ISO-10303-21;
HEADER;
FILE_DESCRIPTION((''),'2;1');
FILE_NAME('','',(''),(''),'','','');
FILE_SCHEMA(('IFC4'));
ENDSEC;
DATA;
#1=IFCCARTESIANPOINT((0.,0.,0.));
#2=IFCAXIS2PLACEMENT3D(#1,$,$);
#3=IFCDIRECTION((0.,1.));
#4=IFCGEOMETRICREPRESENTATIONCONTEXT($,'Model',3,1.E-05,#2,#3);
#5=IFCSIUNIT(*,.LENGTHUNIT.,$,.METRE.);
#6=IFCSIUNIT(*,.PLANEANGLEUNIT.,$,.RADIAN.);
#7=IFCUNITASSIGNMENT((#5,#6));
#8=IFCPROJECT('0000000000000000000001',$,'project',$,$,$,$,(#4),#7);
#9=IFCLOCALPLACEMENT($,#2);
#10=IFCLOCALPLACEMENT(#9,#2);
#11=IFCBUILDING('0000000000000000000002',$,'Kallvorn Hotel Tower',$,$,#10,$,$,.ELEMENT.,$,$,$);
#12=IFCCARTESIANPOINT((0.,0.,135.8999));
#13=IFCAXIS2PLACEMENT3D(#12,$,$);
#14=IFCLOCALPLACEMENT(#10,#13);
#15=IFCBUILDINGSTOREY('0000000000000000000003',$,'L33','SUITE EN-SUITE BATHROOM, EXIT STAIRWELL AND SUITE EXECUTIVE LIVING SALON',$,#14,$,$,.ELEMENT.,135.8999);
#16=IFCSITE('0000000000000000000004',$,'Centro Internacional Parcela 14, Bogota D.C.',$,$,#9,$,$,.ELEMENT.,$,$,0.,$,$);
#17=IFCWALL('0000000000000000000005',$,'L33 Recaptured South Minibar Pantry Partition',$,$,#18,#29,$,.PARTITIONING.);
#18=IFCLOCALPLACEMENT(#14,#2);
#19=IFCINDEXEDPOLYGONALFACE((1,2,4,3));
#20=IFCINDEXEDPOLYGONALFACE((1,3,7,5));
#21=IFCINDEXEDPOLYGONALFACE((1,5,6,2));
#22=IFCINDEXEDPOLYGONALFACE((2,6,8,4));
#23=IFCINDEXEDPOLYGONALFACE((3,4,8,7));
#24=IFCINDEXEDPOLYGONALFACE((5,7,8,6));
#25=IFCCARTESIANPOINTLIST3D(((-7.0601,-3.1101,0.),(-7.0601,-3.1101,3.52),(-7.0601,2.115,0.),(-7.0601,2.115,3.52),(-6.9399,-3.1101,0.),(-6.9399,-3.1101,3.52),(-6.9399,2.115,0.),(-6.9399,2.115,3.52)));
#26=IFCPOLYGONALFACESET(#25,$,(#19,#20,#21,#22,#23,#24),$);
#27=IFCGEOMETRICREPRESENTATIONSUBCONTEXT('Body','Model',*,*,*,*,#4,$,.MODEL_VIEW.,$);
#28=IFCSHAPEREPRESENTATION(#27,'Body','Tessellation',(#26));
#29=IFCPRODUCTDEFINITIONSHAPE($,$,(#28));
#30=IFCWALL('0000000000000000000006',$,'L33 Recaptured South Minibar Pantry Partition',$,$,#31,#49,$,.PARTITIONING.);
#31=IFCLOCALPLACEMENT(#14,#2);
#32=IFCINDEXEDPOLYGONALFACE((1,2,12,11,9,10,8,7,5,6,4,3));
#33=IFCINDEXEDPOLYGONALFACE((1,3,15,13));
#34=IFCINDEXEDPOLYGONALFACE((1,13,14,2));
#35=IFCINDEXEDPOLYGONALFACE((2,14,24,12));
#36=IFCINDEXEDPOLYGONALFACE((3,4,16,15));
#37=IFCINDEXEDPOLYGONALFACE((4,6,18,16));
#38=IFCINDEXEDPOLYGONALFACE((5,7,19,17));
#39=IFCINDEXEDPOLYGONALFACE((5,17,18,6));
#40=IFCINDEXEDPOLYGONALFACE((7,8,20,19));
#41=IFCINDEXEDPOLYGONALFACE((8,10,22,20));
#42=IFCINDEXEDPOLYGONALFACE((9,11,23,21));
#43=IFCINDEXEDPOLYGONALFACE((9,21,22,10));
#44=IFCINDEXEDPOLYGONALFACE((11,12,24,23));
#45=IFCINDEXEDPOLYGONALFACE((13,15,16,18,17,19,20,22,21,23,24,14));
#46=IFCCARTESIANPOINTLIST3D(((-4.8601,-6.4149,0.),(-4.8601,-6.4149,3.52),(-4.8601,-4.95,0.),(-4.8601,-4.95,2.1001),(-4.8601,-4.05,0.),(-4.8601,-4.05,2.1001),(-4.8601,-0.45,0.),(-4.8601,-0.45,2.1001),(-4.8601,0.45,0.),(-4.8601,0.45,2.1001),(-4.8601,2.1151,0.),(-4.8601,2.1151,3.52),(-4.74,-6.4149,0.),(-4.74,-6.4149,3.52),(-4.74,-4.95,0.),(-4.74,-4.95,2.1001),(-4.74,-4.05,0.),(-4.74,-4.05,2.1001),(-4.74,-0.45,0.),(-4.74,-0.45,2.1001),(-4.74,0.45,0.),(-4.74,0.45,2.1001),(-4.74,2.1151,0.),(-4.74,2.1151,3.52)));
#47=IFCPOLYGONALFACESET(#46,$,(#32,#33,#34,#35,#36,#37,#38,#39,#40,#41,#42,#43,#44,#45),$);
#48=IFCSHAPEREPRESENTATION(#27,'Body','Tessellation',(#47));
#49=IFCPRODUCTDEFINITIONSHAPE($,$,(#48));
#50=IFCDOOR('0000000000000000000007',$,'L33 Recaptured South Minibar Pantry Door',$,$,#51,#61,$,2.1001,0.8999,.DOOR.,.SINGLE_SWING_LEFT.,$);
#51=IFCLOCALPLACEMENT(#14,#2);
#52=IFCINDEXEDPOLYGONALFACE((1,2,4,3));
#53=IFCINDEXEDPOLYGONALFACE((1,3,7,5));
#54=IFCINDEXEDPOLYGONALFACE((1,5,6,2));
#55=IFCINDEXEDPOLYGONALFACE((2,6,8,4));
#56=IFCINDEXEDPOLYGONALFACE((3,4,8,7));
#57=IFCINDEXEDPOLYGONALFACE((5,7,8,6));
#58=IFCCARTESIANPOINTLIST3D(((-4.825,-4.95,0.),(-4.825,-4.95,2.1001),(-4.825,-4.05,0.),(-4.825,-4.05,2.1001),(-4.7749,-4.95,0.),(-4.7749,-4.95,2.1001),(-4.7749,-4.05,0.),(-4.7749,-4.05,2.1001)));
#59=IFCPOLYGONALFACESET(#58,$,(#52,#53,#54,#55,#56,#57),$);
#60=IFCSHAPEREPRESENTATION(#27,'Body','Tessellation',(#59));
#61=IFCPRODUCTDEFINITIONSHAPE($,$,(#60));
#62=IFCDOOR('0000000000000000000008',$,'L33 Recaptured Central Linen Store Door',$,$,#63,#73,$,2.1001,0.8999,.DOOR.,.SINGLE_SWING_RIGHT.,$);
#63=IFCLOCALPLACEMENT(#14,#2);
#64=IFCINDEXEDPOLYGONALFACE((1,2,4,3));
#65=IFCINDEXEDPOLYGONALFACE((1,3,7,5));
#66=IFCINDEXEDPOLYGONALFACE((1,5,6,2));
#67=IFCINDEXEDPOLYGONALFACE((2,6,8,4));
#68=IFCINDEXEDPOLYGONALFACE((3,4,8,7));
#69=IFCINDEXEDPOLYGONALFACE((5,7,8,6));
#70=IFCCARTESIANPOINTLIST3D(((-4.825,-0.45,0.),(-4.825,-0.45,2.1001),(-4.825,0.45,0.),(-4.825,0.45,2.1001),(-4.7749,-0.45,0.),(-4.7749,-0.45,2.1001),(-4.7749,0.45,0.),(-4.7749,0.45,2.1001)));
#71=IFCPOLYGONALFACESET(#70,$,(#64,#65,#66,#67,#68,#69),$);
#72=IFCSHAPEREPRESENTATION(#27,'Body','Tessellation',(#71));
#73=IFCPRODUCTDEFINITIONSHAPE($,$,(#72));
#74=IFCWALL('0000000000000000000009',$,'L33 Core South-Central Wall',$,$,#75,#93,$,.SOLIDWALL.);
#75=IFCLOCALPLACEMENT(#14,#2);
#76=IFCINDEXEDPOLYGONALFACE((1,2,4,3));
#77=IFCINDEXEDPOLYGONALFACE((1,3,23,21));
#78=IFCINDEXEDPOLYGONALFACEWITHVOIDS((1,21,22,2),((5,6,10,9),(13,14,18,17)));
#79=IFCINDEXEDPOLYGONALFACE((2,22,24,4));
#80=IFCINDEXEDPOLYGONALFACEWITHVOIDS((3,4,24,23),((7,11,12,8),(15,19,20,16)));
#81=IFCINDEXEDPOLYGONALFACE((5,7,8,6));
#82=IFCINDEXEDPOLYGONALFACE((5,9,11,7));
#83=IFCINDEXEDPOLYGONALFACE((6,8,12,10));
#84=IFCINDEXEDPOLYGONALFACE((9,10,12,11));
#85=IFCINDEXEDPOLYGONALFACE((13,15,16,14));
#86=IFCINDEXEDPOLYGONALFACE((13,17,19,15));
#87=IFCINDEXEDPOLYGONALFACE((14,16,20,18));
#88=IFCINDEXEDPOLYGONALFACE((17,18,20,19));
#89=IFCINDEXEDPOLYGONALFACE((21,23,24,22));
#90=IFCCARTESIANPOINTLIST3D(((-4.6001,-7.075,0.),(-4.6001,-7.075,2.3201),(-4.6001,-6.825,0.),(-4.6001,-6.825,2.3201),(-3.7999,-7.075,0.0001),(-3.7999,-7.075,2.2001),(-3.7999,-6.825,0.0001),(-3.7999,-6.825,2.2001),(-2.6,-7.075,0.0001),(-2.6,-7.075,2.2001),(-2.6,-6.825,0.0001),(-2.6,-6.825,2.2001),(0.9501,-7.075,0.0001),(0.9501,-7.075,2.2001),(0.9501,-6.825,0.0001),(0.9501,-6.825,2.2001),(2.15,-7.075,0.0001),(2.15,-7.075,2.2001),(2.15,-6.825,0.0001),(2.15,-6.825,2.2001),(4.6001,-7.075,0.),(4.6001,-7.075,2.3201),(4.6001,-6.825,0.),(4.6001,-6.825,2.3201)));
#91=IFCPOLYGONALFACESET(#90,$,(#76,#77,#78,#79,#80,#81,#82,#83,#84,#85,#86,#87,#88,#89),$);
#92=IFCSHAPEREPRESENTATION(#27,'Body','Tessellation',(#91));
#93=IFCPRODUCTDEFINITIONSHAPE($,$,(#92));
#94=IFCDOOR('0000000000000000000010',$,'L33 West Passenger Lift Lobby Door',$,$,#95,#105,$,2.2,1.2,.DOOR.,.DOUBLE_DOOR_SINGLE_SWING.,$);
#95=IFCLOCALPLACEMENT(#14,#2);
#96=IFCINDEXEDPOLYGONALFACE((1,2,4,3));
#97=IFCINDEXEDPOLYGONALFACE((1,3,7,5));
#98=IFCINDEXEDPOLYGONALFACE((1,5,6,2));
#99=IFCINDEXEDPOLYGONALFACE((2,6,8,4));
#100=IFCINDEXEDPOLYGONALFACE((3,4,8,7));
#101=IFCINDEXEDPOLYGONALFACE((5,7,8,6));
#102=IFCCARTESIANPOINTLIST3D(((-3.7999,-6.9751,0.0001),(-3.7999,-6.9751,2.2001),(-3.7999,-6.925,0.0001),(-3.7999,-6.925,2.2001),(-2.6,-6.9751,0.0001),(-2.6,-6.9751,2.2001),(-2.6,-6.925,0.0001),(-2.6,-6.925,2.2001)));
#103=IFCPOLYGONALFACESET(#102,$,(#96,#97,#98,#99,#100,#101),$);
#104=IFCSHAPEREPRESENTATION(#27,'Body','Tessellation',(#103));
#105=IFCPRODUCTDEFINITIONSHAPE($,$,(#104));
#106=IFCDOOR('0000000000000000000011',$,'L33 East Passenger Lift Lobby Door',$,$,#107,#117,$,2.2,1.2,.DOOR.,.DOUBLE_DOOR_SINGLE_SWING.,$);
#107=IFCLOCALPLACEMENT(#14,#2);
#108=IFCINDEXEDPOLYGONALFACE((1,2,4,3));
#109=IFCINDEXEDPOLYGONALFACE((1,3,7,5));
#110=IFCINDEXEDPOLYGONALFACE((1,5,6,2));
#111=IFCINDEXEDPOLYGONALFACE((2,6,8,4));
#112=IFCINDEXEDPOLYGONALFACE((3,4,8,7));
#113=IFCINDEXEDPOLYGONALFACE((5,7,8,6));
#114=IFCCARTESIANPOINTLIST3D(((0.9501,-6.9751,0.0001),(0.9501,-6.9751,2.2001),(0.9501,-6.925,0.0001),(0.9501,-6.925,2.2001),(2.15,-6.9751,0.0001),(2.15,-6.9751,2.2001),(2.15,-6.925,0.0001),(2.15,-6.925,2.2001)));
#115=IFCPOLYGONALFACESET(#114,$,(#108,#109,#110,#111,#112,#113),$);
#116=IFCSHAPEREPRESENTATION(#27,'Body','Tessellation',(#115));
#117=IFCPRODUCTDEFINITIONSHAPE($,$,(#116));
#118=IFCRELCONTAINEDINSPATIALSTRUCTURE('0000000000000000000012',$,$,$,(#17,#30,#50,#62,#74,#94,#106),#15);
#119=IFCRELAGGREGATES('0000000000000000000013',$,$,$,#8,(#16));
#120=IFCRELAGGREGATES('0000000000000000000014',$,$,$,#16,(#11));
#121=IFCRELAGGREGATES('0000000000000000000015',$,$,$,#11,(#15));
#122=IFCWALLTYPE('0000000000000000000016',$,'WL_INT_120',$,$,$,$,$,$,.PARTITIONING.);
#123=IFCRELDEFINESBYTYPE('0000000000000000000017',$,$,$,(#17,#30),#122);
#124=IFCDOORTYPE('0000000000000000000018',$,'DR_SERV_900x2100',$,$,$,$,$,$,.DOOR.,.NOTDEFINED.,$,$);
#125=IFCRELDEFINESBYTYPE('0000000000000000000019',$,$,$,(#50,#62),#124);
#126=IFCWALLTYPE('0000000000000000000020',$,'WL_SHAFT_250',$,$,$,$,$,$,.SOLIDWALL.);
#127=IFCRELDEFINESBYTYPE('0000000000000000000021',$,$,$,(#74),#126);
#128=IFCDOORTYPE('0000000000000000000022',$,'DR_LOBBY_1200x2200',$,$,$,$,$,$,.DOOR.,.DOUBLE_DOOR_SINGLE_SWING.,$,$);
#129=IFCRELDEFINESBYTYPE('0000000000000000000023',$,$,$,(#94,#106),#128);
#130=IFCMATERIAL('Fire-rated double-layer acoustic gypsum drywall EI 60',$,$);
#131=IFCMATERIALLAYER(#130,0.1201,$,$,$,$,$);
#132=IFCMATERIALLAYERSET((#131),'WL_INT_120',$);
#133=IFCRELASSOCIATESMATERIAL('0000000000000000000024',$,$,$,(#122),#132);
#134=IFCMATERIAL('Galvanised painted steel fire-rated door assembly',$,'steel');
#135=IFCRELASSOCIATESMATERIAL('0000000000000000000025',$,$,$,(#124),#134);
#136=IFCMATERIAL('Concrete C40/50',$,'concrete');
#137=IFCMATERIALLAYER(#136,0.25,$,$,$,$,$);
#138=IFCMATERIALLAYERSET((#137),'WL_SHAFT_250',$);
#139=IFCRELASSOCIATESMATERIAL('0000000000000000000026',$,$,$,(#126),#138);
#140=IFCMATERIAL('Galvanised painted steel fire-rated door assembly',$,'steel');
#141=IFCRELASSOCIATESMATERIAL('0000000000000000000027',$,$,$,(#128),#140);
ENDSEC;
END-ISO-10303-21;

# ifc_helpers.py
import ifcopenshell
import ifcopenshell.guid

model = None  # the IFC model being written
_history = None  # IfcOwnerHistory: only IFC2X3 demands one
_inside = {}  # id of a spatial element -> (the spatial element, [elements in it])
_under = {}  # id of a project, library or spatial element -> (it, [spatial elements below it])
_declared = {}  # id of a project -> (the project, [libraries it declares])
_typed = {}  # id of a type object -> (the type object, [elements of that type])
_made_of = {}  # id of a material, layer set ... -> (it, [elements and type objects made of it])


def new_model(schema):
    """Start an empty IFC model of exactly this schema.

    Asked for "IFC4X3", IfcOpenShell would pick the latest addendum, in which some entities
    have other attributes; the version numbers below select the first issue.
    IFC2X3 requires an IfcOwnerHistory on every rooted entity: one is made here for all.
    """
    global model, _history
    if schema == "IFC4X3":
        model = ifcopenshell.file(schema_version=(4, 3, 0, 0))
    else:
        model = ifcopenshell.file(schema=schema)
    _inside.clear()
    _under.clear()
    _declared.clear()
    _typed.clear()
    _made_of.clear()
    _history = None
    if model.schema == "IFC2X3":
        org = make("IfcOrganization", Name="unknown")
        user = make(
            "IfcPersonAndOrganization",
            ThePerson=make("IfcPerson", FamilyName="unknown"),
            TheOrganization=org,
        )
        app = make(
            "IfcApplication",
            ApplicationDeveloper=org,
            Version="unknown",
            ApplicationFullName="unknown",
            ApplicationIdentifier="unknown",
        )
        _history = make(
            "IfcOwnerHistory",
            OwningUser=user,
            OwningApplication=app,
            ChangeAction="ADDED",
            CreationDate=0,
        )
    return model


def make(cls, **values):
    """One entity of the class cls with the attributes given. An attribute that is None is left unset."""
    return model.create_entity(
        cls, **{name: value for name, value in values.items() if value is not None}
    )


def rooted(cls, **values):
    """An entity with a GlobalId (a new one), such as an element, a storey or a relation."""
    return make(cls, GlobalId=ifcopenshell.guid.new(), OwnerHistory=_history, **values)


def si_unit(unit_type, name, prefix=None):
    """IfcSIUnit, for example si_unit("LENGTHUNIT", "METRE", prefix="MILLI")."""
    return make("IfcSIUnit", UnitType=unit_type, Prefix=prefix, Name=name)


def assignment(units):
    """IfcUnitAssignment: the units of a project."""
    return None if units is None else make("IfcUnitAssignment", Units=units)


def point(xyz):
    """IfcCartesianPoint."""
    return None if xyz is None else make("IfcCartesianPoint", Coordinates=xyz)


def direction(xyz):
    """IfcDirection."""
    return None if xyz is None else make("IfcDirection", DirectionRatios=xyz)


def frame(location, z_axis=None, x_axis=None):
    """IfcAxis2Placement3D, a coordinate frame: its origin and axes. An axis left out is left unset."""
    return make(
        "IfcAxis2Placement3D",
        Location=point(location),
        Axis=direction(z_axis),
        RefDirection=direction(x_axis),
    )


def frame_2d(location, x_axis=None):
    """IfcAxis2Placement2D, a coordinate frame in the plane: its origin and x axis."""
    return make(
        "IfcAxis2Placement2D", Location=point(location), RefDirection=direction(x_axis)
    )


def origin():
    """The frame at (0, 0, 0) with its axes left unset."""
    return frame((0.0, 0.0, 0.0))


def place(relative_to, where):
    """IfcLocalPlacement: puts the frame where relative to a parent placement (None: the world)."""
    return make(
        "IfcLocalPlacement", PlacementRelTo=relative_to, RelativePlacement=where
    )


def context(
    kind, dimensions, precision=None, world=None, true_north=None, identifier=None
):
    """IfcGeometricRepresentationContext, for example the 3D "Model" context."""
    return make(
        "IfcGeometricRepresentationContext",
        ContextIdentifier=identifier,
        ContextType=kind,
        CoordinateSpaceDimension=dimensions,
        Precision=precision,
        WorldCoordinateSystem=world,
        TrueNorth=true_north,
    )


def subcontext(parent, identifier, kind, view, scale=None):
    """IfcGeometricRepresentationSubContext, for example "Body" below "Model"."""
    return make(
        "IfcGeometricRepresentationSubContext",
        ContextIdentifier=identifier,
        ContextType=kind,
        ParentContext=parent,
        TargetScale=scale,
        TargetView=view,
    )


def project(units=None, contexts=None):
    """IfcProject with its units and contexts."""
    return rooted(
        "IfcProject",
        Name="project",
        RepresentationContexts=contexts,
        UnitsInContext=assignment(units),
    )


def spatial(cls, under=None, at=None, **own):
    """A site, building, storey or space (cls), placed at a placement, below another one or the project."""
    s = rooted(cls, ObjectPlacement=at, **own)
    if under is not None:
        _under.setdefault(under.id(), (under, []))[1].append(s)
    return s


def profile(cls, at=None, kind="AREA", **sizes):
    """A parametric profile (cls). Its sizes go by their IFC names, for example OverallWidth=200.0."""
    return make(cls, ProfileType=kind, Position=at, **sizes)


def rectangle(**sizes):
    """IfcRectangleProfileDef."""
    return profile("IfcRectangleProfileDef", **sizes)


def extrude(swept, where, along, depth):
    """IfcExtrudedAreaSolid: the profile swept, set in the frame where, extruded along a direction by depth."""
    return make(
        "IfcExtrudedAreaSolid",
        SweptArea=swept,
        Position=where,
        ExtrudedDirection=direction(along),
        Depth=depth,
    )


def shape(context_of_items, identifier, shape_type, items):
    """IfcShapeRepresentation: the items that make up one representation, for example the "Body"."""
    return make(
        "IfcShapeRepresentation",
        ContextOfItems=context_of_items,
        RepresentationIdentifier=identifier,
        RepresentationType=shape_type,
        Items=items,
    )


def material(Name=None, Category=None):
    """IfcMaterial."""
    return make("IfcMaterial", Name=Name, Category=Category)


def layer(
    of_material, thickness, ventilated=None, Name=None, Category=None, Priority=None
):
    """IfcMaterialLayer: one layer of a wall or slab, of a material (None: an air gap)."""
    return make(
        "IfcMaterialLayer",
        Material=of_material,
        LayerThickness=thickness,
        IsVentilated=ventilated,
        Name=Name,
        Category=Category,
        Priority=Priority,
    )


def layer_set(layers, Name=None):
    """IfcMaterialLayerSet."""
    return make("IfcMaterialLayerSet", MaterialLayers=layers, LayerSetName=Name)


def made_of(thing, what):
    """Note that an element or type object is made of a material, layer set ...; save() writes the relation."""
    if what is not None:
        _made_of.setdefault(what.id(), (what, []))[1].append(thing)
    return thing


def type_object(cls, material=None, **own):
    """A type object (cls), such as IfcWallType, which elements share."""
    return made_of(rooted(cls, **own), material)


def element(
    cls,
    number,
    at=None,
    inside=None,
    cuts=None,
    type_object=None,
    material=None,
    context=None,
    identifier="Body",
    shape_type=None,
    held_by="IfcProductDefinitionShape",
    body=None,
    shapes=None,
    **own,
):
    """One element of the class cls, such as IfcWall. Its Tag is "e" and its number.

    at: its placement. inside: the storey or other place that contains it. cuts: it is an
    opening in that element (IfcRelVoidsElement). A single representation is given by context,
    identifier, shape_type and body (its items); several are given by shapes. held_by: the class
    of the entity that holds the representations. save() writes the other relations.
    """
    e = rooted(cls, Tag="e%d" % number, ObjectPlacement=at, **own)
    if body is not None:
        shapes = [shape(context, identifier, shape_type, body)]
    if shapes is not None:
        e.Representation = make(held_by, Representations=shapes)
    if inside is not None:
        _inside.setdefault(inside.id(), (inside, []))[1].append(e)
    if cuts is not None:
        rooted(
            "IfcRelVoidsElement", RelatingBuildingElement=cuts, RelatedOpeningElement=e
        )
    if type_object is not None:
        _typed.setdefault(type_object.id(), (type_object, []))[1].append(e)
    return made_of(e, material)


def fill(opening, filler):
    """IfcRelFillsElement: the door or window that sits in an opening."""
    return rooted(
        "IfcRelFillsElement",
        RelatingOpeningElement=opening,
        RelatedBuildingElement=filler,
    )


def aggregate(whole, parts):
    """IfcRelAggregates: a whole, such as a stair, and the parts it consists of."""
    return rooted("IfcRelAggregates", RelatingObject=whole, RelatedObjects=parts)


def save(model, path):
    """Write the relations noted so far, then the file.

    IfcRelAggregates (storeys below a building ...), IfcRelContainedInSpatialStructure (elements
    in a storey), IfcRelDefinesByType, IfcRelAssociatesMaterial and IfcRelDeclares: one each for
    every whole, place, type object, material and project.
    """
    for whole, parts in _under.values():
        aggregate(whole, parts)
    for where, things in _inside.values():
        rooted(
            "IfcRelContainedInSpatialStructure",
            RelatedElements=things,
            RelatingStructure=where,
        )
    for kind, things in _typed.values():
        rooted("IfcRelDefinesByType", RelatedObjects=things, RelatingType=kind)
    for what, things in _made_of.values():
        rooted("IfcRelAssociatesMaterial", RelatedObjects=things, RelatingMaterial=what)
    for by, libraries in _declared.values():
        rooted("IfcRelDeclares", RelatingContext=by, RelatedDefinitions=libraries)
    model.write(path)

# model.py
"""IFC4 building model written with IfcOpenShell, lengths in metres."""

from ifc_helpers import new_model, si_unit, direction, frame, frame_2d, origin, place, context, subcontext, project, spatial, rectangle, extrude, material, layer, layer_set, type_object, element, fill, save


model = new_model("IFC4")

# Units and contexts
model_context = context("Model", 3, precision=1e-05, world=origin(), true_north=direction((0.0, 1.0)))
body_context = subcontext(model_context, "Body", "Model", "MODEL_VIEW")
ifc_project = project(units=[si_unit("LENGTHUNIT", "METRE"), si_unit("PLANEANGLEUNIT", "RADIAN")], contexts=[model_context])

# Site, building, storey
site_placement = place(None, origin())
site = spatial("IfcSite", under=ifc_project, at=site_placement, Name="Centro Internacional Parcela 14, Bogota D.C.", CompositionType="ELEMENT", RefElevation=0.0)
building_placement = place(site_placement, origin())
building = spatial("IfcBuilding", under=site, at=building_placement, Name="Kallvorn Hotel Tower", CompositionType="ELEMENT")
storey_placement = place(building_placement, frame((0.0, 0.0, 135.8999)))
storey = spatial("IfcBuildingStorey", under=building, at=storey_placement, Name="L33", Description="SUITE EN-SUITE BATHROOM, EXIT STAIRWELL AND SUITE EXECUTIVE LIVING SALON", CompositionType="ELEMENT", Elevation=135.8999)

# Wall
ifc_material_1 = material(Name="Fire-rated double-layer acoustic gypsum drywall EI 60")
ifc_layer_1 = layer(ifc_material_1, 0.1201)
ifc_layer_set_1 = layer_set([ifc_layer_1], Name="WL_INT_120")
wall_type_1 = type_object("IfcWallType", Name="WL_INT_120", PredefinedType="PARTITIONING", material=ifc_layer_set_1)
wall_1_placement = place(storey_placement, frame((-7.0, -3.1101, 0.0), z_axis=(0.0, 0.0, 1.0), x_axis=(0.0, 1.0, 0.0)))
element("IfcWall", 1, at=wall_1_placement, inside=storey, type_object=wall_type_1, Name="L33 Recaptured South Minibar Pantry Partition", PredefinedType="PARTITIONING", context=body_context, shape_type="SweptSolid", body=[
    extrude(rectangle(XDim=5.2251, YDim=0.1201, at=frame_2d((2.6125, 0.0))), origin(), (0.0, 0.0, 1.0), 3.52),
])

# Walls, openings, doors
wall_2_placement = place(storey_placement, frame((-4.8, -6.415, 0.0), z_axis=(0.0, 0.0, 1.0), x_axis=(0.0, 1.0, 0.0)))
wall_2 = element("IfcWall", 2, at=wall_2_placement, inside=storey, type_object=wall_type_1, Name="L33 Recaptured South Minibar Pantry Partition", PredefinedType="PARTITIONING", context=body_context, shape_type="SweptSolid", body=[
    extrude(rectangle(XDim=8.53, YDim=0.1201, at=frame_2d((4.2651, 0.0))), origin(), (0.0, 0.0, 1.0), 3.52),
])
opening_1_placement = place(wall_2_placement, frame((1.4651, 0.0, 0.0)))
opening_1 = element("IfcOpeningElement", 3, at=opening_1_placement, cuts=wall_2, PredefinedType="OPENING", context=body_context, shape_type="SweptSolid", body=[
    extrude(rectangle(XDim=0.8999, YDim=2.1001, at=frame_2d((0.45, 1.05))), frame((0.0, 0.075, 0.0), z_axis=(0.0, -1.0, 0.0), x_axis=(1.0, 0.0, 0.0)), (0.0, 0.0, 1.0), 0.1501),
])
opening_2_placement = place(wall_2_placement, frame((5.9651, 0.0, 0.0)))
opening_2 = element("IfcOpeningElement", 4, at=opening_2_placement, cuts=wall_2, PredefinedType="OPENING", context=body_context, shape_type="SweptSolid", body=[
    extrude(rectangle(XDim=0.8999, YDim=2.1001, at=frame_2d((0.45, 1.05))), frame((0.0, 0.075, 0.0), z_axis=(0.0, -1.0, 0.0), x_axis=(1.0, 0.0, 0.0)), (0.0, 0.0, 1.0), 0.1501),
])
ifc_material_2 = material(Name="Galvanised painted steel fire-rated door assembly", Category="steel")
door_type_1 = type_object("IfcDoorType", Name="DR_SERV_900x2100", OperationType="NOTDEFINED", PredefinedType="DOOR", material=ifc_material_2)
door_1_placement = place(opening_1_placement, origin())
door_1 = element("IfcDoor", 5, at=door_1_placement, inside=storey, type_object=door_type_1, Name="L33 Recaptured South Minibar Pantry Door", OperationType="SINGLE_SWING_LEFT", OverallHeight=2.1001, OverallWidth=0.8999, PredefinedType="DOOR", context=body_context, shape_type="SweptSolid", body=[
    extrude(rectangle(XDim=0.8999, YDim=2.1001, at=frame_2d((0.45, 1.05))), frame((0.0, 0.0249, 0.0), z_axis=(0.0, -1.0, 0.0), x_axis=(1.0, 0.0, 0.0)), (0.0, 0.0, 1.0), 0.05),
])
fill(opening_1, door_1)
door_2_placement = place(opening_2_placement, origin())
door_2 = element("IfcDoor", 6, at=door_2_placement, inside=storey, type_object=door_type_1, Name="L33 Recaptured Central Linen Store Door", OperationType="SINGLE_SWING_RIGHT", OverallHeight=2.1001, OverallWidth=0.8999, PredefinedType="DOOR", context=body_context, shape_type="SweptSolid", body=[
    extrude(rectangle(XDim=0.8999, YDim=2.1001, at=frame_2d((0.45, 1.05))), frame((0.0, 0.0249, 0.0), z_axis=(0.0, -1.0, 0.0), x_axis=(1.0, 0.0, 0.0)), (0.0, 0.0, 1.0), 0.05),
])
fill(opening_2, door_2)
ifc_material_3 = material(Name="Concrete C40/50", Category="concrete")
ifc_layer_2 = layer(ifc_material_3, 0.25)
ifc_layer_set_2 = layer_set([ifc_layer_2], Name="WL_SHAFT_250")
wall_type_2 = type_object("IfcWallType", Name="WL_SHAFT_250", PredefinedType="SOLIDWALL", material=ifc_layer_set_2)
wall_3_placement = place(storey_placement, frame((-4.6001, -6.95, 0.0), z_axis=(0.0, 0.0, 1.0), x_axis=(1.0, 0.0, 0.0)))
wall_3 = element("IfcWall", 7, at=wall_3_placement, inside=storey, type_object=wall_type_2, Name="L33 Core South-Central Wall", PredefinedType="SOLIDWALL", context=body_context, shape_type="SweptSolid", body=[
    extrude(rectangle(XDim=9.2002, YDim=0.25, at=frame_2d((4.6001, 0.0))), origin(), (0.0, 0.0, 1.0), 2.3201),
])
opening_3_placement = place(wall_3_placement, frame((0.8, 0.0, 0.0)))
opening_3 = element("IfcOpeningElement", 8, at=opening_3_placement, cuts=wall_3, PredefinedType="OPENING", context=body_context, shape_type="SweptSolid", body=[
    extrude(rectangle(XDim=1.2, YDim=2.2, at=frame_2d((0.6001, 1.1001))), frame((0.0, 0.1399, 0.0), z_axis=(0.0, -1.0, 0.0), x_axis=(1.0, 0.0, 0.0)), (0.0, 0.0, 1.0), 0.28),
])
opening_4_placement = place(wall_3_placement, frame((5.55, 0.0, 0.0)))
opening_4 = element("IfcOpeningElement", 9, at=opening_4_placement, cuts=wall_3, PredefinedType="OPENING", context=body_context, shape_type="SweptSolid", body=[
    extrude(rectangle(XDim=1.2, YDim=2.2, at=frame_2d((0.6001, 1.1001))), frame((0.0, 0.1399, 0.0), z_axis=(0.0, -1.0, 0.0), x_axis=(1.0, 0.0, 0.0)), (0.0, 0.0, 1.0), 0.28),
])
ifc_material_4 = material(Name="Galvanised painted steel fire-rated door assembly", Category="steel")
door_type_2 = type_object("IfcDoorType", Name="DR_LOBBY_1200x2200", OperationType="DOUBLE_DOOR_SINGLE_SWING", PredefinedType="DOOR", material=ifc_material_4)
door_3_placement = place(opening_3_placement, origin())
door_3 = element("IfcDoor", 10, at=door_3_placement, inside=storey, type_object=door_type_2, Name="L33 West Passenger Lift Lobby Door", OperationType="DOUBLE_DOOR_SINGLE_SWING", OverallHeight=2.2, OverallWidth=1.2, PredefinedType="DOOR", context=body_context, shape_type="SweptSolid", body=[
    extrude(rectangle(XDim=1.2, YDim=2.2, at=frame_2d((0.6001, 1.1001))), frame((0.0, 0.0249, 0.0), z_axis=(0.0, -1.0, 0.0), x_axis=(1.0, 0.0, 0.0)), (0.0, 0.0, 1.0), 0.05),
])
fill(opening_3, door_3)
door_4_placement = place(opening_4_placement, origin())
door_4 = element("IfcDoor", 11, at=door_4_placement, inside=storey, type_object=door_type_2, Name="L33 East Passenger Lift Lobby Door", OperationType="DOUBLE_DOOR_SINGLE_SWING", OverallHeight=2.2, OverallWidth=1.2, PredefinedType="DOOR", context=body_context, shape_type="SweptSolid", body=[
    extrude(rectangle(XDim=1.2, YDim=2.2, at=frame_2d((0.6001, 1.1001))), frame((0.0, 0.0249, 0.0), z_axis=(0.0, -1.0, 0.0), x_axis=(1.0, 0.0, 0.0)), (0.0, 0.0, 1.0), 0.05),
])
fill(opening_4, door_4)

save(model, "model.ifc")
